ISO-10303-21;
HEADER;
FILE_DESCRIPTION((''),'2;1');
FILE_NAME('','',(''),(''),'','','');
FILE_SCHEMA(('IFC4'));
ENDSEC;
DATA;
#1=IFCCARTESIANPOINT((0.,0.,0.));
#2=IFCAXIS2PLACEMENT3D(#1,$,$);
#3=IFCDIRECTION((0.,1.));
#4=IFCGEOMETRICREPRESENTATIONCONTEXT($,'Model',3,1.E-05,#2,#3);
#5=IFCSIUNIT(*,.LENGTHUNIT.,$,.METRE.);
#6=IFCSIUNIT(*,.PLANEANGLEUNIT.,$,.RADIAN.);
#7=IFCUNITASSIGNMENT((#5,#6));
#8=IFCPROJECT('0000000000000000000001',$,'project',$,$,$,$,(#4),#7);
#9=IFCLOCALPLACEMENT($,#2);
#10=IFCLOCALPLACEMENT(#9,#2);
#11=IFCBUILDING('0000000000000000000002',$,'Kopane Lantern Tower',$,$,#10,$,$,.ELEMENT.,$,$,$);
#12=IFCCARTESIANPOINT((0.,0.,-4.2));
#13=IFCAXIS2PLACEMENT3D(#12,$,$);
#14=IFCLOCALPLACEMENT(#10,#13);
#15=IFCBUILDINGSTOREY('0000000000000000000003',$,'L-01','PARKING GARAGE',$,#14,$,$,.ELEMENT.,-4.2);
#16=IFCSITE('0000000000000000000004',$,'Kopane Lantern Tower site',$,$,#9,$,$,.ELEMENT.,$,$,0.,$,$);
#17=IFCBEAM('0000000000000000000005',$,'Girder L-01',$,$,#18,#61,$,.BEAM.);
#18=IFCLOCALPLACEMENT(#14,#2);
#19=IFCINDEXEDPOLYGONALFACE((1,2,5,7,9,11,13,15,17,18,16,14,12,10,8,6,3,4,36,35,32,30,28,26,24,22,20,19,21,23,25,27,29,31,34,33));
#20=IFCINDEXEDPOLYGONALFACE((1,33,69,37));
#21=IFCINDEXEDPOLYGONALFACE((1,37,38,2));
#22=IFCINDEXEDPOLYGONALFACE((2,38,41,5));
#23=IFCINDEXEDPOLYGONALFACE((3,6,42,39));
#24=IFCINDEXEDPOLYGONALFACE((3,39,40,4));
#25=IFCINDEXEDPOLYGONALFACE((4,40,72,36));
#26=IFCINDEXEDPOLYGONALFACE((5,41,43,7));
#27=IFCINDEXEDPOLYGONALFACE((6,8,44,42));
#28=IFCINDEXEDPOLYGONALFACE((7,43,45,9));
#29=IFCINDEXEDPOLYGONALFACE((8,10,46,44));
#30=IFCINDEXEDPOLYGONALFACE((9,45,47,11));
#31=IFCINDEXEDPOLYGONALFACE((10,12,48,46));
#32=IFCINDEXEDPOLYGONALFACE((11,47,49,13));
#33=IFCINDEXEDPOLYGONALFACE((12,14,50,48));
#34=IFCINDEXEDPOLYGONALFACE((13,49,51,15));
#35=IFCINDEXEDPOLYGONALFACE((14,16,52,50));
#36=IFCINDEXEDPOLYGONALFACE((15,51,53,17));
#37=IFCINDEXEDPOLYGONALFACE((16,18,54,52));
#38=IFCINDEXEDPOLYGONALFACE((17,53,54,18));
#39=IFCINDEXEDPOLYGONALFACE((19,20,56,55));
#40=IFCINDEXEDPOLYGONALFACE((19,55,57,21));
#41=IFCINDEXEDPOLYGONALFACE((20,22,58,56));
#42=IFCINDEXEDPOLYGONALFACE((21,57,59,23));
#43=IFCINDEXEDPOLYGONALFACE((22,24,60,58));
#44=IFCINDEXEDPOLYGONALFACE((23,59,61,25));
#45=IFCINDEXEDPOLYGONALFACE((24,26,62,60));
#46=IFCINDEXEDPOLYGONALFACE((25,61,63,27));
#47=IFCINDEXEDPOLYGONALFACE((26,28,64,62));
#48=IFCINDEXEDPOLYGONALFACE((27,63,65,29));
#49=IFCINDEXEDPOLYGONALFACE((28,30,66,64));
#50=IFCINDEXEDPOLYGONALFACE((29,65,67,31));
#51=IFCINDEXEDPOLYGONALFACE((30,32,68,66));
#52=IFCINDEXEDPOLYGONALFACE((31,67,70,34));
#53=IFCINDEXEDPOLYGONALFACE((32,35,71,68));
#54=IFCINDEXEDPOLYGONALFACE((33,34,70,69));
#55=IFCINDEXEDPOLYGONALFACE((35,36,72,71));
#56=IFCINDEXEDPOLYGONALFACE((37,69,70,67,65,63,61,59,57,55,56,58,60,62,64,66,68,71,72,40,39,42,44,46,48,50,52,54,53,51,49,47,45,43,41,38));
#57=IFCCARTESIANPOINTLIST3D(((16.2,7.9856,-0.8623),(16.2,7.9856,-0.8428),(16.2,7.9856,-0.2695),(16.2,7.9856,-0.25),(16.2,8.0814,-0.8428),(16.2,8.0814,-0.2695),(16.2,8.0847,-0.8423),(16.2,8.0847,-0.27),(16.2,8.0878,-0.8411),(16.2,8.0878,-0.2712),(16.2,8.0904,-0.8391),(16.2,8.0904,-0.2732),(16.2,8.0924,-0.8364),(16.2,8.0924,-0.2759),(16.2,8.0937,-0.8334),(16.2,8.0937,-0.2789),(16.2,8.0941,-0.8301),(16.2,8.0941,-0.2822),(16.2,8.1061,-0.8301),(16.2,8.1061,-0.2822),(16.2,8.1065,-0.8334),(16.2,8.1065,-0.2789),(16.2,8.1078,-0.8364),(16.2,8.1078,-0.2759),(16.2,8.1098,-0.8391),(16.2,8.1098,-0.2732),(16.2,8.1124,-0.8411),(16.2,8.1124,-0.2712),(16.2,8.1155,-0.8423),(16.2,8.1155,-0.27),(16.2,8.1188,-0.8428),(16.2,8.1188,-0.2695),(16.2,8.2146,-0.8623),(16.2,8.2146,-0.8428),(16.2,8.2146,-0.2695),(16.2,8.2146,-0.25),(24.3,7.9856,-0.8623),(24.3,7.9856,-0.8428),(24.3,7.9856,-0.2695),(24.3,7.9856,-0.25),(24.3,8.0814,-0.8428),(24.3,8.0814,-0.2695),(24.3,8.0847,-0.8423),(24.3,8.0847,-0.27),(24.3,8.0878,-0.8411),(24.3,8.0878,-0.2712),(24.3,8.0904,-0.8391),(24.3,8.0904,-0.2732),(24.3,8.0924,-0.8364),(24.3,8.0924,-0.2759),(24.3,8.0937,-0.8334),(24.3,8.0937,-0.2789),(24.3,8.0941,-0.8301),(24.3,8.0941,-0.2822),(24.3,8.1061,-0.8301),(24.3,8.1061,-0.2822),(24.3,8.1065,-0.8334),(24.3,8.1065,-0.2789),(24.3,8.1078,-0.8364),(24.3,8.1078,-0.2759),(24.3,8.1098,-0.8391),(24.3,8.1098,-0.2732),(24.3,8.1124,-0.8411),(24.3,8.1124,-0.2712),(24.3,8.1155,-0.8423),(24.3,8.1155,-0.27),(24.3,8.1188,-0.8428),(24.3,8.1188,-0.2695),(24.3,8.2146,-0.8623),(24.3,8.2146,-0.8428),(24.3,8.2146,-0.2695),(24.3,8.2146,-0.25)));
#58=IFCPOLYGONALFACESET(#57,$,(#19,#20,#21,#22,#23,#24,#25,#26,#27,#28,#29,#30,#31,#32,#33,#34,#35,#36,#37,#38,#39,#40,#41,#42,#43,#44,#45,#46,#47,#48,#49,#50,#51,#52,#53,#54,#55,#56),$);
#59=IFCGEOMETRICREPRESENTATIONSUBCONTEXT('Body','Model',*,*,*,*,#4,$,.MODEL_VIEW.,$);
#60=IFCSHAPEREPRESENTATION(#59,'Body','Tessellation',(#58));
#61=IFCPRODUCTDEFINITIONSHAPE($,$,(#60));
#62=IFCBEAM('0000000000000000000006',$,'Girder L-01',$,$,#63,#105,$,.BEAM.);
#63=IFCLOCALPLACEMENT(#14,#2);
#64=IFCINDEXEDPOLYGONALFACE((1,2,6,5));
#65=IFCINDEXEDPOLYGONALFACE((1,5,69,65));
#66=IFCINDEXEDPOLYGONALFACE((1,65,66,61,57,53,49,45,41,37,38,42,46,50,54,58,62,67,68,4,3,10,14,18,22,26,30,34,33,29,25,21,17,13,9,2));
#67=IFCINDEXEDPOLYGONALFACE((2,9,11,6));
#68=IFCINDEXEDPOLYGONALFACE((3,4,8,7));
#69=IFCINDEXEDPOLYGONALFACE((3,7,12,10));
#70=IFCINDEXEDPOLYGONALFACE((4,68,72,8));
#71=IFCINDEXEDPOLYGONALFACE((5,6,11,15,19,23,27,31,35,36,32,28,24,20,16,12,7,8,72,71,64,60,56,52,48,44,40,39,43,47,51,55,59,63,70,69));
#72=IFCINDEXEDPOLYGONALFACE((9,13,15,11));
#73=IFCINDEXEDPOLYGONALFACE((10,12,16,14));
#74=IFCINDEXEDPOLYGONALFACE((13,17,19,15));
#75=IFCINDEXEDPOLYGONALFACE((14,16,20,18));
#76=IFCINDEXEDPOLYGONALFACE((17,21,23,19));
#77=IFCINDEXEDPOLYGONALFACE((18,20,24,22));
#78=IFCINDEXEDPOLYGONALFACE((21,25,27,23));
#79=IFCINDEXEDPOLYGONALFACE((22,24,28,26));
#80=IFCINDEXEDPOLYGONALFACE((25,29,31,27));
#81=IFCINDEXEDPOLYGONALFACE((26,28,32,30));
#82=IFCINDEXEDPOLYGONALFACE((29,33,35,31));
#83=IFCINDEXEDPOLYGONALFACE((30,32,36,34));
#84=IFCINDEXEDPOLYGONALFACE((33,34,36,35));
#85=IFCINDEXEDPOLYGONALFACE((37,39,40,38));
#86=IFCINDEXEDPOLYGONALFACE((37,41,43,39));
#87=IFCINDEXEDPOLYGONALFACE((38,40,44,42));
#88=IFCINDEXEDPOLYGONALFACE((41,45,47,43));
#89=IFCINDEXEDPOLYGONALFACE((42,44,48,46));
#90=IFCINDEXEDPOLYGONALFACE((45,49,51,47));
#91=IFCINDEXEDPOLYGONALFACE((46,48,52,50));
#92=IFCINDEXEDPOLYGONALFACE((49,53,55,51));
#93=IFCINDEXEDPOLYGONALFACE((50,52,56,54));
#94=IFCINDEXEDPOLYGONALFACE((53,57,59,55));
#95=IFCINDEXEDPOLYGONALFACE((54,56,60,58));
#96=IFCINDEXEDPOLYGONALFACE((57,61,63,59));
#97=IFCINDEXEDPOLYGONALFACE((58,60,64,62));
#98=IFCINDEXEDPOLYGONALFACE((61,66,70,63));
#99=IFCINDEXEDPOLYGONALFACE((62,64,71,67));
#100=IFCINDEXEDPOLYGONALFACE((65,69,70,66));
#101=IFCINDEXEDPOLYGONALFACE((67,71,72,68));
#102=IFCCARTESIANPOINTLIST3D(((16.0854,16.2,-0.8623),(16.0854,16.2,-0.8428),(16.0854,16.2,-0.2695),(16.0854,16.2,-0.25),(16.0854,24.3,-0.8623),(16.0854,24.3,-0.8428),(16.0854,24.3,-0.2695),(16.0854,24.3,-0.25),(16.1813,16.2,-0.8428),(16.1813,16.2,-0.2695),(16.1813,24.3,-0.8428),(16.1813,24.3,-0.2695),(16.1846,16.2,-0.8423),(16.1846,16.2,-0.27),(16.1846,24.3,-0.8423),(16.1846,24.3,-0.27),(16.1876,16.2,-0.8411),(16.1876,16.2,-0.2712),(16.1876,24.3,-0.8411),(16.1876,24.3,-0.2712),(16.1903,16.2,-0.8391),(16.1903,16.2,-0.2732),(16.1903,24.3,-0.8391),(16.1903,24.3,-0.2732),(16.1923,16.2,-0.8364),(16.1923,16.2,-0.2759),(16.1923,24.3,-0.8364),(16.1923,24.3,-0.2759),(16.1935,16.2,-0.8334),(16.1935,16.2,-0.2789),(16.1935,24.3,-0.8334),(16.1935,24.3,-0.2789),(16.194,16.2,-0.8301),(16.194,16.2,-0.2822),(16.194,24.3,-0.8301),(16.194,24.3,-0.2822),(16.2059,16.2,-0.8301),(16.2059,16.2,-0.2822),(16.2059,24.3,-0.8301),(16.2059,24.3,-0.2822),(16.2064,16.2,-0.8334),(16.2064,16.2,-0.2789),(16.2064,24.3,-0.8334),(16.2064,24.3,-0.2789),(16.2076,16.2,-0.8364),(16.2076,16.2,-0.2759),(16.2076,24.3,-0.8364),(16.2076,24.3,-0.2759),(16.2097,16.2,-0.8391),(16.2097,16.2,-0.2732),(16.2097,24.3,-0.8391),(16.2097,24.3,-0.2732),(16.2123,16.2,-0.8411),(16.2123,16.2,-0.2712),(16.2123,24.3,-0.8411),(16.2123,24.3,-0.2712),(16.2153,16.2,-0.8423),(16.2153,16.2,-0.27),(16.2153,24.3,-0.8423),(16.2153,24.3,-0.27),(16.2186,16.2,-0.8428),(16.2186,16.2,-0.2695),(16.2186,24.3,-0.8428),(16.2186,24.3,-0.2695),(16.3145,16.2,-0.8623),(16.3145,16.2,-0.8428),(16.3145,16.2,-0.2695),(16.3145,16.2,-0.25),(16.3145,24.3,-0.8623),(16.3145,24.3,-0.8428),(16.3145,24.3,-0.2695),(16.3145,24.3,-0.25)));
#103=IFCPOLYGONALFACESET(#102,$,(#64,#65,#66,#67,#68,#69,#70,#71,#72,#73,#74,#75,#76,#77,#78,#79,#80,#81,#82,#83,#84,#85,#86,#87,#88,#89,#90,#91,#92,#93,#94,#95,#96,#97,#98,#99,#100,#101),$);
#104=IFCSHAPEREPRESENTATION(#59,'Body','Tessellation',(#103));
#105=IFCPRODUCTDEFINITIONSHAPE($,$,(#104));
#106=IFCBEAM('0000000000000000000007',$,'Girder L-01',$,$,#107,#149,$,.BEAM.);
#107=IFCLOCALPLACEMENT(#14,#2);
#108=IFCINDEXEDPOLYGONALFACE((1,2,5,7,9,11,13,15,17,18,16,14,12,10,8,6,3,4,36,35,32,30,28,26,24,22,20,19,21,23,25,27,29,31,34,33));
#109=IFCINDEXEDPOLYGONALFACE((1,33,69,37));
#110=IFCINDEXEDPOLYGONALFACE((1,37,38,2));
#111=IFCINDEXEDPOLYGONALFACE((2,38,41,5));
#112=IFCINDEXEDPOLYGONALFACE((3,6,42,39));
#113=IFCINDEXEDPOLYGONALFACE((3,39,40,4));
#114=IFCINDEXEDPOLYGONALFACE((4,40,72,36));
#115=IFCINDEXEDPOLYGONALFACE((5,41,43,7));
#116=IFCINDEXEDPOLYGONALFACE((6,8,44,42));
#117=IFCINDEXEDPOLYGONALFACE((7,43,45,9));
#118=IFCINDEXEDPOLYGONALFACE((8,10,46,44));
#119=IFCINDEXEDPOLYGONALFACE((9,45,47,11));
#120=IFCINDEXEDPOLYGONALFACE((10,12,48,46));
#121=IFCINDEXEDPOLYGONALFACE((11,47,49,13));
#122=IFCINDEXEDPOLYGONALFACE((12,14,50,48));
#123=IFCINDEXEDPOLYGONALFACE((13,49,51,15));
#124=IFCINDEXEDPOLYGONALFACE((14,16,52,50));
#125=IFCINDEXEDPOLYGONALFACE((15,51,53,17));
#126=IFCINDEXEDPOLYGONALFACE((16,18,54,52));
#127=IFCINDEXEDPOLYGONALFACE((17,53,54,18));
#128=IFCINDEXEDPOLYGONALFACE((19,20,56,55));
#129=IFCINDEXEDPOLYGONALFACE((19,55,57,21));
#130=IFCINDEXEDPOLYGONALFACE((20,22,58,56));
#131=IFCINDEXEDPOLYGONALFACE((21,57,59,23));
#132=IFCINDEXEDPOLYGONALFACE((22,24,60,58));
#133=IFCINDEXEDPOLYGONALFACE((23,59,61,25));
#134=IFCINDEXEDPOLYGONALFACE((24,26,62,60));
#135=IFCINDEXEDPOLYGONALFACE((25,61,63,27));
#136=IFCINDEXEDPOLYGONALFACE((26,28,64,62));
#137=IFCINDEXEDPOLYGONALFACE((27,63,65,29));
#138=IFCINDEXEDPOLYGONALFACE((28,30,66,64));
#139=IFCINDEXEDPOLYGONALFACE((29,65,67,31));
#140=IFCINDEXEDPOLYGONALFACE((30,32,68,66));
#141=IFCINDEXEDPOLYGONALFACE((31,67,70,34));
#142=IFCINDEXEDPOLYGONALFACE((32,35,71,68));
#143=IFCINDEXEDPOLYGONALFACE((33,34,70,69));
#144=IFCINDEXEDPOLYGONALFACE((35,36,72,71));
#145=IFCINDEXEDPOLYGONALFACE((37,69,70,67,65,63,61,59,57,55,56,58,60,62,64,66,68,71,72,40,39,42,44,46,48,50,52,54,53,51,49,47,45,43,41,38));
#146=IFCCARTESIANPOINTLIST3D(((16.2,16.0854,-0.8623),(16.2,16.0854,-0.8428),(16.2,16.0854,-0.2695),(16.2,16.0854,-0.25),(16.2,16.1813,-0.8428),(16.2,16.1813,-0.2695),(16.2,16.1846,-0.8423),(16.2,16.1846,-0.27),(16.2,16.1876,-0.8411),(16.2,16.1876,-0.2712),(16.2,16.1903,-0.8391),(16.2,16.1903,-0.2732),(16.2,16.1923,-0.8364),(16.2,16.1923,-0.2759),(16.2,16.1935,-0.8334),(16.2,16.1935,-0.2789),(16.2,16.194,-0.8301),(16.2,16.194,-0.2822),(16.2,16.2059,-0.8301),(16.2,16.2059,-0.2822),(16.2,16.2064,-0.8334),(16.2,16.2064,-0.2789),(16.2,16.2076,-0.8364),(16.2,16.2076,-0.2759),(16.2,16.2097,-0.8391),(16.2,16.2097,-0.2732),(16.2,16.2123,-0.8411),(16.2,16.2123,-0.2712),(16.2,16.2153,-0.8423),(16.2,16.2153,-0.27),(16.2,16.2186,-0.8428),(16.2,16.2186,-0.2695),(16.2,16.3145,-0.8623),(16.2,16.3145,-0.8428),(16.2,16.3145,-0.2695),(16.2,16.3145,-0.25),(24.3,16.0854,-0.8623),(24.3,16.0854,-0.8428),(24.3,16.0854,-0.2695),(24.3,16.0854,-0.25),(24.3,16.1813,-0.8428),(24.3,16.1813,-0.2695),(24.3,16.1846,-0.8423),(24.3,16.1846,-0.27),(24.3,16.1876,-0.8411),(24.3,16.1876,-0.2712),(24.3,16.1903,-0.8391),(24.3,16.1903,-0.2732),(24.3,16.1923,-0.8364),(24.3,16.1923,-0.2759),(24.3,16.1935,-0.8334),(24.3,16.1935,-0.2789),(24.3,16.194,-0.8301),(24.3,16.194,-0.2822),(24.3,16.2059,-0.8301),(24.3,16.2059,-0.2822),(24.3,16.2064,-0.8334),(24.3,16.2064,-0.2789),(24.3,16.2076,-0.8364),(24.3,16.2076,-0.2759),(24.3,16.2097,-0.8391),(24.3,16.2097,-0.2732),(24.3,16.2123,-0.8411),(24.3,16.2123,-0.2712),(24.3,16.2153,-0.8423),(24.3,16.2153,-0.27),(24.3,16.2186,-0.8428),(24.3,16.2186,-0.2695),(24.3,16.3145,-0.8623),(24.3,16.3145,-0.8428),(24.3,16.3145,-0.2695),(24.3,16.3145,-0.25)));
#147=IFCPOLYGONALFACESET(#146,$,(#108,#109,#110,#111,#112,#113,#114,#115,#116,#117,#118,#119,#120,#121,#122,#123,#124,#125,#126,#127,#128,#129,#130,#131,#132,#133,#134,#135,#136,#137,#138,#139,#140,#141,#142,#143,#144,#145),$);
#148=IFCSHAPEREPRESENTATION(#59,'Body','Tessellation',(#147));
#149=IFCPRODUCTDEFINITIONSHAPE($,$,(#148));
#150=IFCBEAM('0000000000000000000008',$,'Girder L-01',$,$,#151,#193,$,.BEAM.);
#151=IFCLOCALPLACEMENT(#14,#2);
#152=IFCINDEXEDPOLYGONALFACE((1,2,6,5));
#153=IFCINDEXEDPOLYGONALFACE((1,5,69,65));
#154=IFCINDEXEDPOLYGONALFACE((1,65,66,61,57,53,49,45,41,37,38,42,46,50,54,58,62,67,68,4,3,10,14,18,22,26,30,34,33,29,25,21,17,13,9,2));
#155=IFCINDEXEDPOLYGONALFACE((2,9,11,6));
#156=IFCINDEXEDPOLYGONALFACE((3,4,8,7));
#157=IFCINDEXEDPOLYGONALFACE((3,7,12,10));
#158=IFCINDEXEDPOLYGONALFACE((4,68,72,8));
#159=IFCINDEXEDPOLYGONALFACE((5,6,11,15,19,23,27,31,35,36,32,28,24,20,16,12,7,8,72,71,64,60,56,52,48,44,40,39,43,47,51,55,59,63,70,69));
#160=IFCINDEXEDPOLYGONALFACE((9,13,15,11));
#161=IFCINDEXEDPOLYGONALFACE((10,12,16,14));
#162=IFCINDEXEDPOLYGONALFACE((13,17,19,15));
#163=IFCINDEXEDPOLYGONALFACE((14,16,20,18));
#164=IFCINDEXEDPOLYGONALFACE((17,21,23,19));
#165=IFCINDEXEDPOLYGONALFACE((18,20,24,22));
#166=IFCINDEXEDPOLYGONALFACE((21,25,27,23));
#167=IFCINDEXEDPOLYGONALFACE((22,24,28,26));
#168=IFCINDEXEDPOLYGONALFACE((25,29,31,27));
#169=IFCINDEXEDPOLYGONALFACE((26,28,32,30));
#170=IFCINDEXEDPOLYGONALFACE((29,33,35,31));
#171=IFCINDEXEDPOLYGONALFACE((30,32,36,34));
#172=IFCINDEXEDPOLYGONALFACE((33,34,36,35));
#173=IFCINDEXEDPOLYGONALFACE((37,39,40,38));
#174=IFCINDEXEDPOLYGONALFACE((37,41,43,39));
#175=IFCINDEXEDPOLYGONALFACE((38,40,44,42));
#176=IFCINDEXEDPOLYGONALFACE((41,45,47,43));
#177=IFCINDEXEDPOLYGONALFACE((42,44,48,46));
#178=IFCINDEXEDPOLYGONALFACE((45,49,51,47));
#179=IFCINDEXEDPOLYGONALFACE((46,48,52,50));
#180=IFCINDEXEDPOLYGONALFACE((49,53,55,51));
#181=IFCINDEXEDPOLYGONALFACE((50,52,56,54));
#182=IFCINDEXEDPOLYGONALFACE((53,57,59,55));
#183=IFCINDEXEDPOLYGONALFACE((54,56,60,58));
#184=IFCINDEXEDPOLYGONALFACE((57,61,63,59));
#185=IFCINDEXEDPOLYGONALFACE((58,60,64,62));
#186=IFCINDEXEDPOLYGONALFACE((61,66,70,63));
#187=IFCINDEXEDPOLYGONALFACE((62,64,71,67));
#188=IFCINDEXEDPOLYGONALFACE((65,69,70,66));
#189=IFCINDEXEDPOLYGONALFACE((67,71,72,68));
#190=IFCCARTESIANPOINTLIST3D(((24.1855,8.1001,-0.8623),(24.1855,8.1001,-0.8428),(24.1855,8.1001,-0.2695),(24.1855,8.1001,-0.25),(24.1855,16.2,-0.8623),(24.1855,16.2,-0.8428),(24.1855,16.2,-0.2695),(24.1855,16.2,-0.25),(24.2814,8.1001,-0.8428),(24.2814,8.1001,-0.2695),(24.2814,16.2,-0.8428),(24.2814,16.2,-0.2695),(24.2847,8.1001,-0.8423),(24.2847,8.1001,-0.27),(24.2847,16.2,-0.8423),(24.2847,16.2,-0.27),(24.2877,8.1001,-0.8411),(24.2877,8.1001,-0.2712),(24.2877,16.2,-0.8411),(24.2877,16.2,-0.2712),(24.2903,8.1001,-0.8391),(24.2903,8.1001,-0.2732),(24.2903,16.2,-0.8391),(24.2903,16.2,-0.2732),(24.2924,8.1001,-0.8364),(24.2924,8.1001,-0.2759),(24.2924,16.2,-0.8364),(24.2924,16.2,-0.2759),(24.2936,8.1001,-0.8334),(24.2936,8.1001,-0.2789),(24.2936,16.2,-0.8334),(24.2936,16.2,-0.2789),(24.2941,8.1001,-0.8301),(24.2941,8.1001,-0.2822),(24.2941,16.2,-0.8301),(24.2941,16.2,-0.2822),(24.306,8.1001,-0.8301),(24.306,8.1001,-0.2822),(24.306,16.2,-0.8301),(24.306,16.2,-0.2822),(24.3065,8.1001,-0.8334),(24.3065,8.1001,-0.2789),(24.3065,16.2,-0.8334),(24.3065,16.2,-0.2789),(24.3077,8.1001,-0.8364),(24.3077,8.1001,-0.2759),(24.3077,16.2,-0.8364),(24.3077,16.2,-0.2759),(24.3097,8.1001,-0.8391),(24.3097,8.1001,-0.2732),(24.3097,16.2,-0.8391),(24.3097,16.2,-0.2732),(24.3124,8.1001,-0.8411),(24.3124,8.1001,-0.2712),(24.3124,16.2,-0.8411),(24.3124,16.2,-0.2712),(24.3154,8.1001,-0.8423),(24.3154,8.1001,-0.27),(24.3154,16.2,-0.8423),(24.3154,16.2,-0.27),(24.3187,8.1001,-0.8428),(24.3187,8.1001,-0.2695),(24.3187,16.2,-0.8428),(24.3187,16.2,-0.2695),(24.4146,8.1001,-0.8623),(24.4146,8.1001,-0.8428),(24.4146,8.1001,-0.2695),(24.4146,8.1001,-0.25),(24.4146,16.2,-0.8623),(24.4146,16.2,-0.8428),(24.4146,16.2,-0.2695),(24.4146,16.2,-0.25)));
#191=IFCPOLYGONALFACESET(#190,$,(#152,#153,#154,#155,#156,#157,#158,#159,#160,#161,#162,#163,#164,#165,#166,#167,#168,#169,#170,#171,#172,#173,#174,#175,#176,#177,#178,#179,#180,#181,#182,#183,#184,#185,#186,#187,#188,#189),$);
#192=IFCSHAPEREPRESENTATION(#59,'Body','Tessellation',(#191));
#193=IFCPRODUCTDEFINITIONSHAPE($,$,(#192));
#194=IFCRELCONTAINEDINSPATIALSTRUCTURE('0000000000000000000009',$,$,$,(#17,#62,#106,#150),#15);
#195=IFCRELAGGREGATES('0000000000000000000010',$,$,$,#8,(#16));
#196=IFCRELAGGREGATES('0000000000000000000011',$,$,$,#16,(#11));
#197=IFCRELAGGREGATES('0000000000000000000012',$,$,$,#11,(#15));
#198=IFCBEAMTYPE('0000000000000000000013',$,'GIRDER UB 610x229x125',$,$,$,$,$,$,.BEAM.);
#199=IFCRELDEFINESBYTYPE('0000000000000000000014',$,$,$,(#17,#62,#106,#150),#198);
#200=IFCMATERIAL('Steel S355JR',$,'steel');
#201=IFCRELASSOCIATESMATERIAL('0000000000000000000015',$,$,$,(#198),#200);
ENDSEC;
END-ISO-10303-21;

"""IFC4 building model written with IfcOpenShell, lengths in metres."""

from ifc_helpers import new_model, si_unit, direction, frame, origin, origin_2d, place, context, subcontext, project, spatial, i_section, extrude, material, material_profile, profile_set, type_object, element, save


model = new_model("IFC4")

# Units and contexts
model_context = context("Model", 3, precision=1e-05, world=origin(), true_north=direction((0.0, 1.0)))
body_context = subcontext(model_context, "Body", "Model", "MODEL_VIEW")
ifc_project = project(units=[si_unit("LENGTHUNIT", "METRE"), si_unit("PLANEANGLEUNIT", "RADIAN")], contexts=[model_context])

# Site, building, storey
site_placement = place(None, origin())
site = spatial("IfcSite", under=ifc_project, at=site_placement, Name="Kopane Lantern Tower site", CompositionType="ELEMENT", RefElevation=0.0)
building_placement = place(site_placement, origin())
building = spatial("IfcBuilding", under=site, at=building_placement, Name="Kopane Lantern Tower", CompositionType="ELEMENT")
storey_placement = place(building_placement, frame((0.0, 0.0, -4.2)))
storey = spatial("IfcBuildingStorey", under=building, at=storey_placement, Name="L-01", Description="PARKING GARAGE", CompositionType="ELEMENT", Elevation=-4.2)

# Beams
ifc_material_1 = material(Name="Steel S355JR", Category="steel")
ifc_material_profile_1 = material_profile(ifc_material_1, i_section(OverallWidth=0.229, OverallDepth=0.6123, WebThickness=0.012, FlangeThickness=0.0195, FilletRadius=0.0127, at=origin_2d()), Name="UB 610x229x125")
ifc_profile_set_1 = profile_set([ifc_material_profile_1], Name="Steel S355JR")
beam_type = type_object("IfcBeamType", Name="GIRDER UB 610x229x125", PredefinedType="BEAM", material=ifc_profile_set_1)
for number, where, z_axis, x_axis, name in (
    (1, (16.2, 8.1001, -0.5562), (1.0, 0.0, 0.0), (0.0, 1.0, 0.0), "Girder L-01"),
    (2, (16.2, 16.2, -0.5562), (0.0, 1.0, 0.0), (-1.0, 0.0, 0.0), "Girder L-01"),
    (3, (16.2, 16.2, -0.5562), (1.0, 0.0, 0.0), (0.0, 1.0, 0.0), "Girder L-01"),
):
    element("IfcBeam", number, at=place(storey_placement, frame(where, z_axis=z_axis, x_axis=x_axis)), inside=storey, type_object=beam_type, Name=name, PredefinedType="BEAM", context=body_context, shape_type="SweptSolid", body=[
        extrude(i_section(OverallWidth=0.229, OverallDepth=0.6123, WebThickness=0.012, FlangeThickness=0.0195, FilletRadius=0.0127, at=origin_2d()), origin(), (0.0, 0.0, 1.0), 8.1001),
    ])
for number, where, z_axis, x_axis, name in (
    (4, (24.3, 8.1001, -0.5562), (0.0, 1.0, 0.0), (-1.0, 0.0, 0.0), "Girder L-01"),
):
    element("IfcBeam", number, at=place(storey_placement, frame(where, z_axis=z_axis, x_axis=x_axis)), inside=storey, type_object=beam_type, Name=name, PredefinedType="BEAM", context=body_context, shape_type="SweptSolid", body=[
        extrude(i_section(OverallWidth=0.229, OverallDepth=0.6123, WebThickness=0.012, FlangeThickness=0.0195, FilletRadius=0.0127, at=origin_2d()), origin(), (0.0, 0.0, 1.0), 8.0999),
    ])

save(model, "model.ifc")
